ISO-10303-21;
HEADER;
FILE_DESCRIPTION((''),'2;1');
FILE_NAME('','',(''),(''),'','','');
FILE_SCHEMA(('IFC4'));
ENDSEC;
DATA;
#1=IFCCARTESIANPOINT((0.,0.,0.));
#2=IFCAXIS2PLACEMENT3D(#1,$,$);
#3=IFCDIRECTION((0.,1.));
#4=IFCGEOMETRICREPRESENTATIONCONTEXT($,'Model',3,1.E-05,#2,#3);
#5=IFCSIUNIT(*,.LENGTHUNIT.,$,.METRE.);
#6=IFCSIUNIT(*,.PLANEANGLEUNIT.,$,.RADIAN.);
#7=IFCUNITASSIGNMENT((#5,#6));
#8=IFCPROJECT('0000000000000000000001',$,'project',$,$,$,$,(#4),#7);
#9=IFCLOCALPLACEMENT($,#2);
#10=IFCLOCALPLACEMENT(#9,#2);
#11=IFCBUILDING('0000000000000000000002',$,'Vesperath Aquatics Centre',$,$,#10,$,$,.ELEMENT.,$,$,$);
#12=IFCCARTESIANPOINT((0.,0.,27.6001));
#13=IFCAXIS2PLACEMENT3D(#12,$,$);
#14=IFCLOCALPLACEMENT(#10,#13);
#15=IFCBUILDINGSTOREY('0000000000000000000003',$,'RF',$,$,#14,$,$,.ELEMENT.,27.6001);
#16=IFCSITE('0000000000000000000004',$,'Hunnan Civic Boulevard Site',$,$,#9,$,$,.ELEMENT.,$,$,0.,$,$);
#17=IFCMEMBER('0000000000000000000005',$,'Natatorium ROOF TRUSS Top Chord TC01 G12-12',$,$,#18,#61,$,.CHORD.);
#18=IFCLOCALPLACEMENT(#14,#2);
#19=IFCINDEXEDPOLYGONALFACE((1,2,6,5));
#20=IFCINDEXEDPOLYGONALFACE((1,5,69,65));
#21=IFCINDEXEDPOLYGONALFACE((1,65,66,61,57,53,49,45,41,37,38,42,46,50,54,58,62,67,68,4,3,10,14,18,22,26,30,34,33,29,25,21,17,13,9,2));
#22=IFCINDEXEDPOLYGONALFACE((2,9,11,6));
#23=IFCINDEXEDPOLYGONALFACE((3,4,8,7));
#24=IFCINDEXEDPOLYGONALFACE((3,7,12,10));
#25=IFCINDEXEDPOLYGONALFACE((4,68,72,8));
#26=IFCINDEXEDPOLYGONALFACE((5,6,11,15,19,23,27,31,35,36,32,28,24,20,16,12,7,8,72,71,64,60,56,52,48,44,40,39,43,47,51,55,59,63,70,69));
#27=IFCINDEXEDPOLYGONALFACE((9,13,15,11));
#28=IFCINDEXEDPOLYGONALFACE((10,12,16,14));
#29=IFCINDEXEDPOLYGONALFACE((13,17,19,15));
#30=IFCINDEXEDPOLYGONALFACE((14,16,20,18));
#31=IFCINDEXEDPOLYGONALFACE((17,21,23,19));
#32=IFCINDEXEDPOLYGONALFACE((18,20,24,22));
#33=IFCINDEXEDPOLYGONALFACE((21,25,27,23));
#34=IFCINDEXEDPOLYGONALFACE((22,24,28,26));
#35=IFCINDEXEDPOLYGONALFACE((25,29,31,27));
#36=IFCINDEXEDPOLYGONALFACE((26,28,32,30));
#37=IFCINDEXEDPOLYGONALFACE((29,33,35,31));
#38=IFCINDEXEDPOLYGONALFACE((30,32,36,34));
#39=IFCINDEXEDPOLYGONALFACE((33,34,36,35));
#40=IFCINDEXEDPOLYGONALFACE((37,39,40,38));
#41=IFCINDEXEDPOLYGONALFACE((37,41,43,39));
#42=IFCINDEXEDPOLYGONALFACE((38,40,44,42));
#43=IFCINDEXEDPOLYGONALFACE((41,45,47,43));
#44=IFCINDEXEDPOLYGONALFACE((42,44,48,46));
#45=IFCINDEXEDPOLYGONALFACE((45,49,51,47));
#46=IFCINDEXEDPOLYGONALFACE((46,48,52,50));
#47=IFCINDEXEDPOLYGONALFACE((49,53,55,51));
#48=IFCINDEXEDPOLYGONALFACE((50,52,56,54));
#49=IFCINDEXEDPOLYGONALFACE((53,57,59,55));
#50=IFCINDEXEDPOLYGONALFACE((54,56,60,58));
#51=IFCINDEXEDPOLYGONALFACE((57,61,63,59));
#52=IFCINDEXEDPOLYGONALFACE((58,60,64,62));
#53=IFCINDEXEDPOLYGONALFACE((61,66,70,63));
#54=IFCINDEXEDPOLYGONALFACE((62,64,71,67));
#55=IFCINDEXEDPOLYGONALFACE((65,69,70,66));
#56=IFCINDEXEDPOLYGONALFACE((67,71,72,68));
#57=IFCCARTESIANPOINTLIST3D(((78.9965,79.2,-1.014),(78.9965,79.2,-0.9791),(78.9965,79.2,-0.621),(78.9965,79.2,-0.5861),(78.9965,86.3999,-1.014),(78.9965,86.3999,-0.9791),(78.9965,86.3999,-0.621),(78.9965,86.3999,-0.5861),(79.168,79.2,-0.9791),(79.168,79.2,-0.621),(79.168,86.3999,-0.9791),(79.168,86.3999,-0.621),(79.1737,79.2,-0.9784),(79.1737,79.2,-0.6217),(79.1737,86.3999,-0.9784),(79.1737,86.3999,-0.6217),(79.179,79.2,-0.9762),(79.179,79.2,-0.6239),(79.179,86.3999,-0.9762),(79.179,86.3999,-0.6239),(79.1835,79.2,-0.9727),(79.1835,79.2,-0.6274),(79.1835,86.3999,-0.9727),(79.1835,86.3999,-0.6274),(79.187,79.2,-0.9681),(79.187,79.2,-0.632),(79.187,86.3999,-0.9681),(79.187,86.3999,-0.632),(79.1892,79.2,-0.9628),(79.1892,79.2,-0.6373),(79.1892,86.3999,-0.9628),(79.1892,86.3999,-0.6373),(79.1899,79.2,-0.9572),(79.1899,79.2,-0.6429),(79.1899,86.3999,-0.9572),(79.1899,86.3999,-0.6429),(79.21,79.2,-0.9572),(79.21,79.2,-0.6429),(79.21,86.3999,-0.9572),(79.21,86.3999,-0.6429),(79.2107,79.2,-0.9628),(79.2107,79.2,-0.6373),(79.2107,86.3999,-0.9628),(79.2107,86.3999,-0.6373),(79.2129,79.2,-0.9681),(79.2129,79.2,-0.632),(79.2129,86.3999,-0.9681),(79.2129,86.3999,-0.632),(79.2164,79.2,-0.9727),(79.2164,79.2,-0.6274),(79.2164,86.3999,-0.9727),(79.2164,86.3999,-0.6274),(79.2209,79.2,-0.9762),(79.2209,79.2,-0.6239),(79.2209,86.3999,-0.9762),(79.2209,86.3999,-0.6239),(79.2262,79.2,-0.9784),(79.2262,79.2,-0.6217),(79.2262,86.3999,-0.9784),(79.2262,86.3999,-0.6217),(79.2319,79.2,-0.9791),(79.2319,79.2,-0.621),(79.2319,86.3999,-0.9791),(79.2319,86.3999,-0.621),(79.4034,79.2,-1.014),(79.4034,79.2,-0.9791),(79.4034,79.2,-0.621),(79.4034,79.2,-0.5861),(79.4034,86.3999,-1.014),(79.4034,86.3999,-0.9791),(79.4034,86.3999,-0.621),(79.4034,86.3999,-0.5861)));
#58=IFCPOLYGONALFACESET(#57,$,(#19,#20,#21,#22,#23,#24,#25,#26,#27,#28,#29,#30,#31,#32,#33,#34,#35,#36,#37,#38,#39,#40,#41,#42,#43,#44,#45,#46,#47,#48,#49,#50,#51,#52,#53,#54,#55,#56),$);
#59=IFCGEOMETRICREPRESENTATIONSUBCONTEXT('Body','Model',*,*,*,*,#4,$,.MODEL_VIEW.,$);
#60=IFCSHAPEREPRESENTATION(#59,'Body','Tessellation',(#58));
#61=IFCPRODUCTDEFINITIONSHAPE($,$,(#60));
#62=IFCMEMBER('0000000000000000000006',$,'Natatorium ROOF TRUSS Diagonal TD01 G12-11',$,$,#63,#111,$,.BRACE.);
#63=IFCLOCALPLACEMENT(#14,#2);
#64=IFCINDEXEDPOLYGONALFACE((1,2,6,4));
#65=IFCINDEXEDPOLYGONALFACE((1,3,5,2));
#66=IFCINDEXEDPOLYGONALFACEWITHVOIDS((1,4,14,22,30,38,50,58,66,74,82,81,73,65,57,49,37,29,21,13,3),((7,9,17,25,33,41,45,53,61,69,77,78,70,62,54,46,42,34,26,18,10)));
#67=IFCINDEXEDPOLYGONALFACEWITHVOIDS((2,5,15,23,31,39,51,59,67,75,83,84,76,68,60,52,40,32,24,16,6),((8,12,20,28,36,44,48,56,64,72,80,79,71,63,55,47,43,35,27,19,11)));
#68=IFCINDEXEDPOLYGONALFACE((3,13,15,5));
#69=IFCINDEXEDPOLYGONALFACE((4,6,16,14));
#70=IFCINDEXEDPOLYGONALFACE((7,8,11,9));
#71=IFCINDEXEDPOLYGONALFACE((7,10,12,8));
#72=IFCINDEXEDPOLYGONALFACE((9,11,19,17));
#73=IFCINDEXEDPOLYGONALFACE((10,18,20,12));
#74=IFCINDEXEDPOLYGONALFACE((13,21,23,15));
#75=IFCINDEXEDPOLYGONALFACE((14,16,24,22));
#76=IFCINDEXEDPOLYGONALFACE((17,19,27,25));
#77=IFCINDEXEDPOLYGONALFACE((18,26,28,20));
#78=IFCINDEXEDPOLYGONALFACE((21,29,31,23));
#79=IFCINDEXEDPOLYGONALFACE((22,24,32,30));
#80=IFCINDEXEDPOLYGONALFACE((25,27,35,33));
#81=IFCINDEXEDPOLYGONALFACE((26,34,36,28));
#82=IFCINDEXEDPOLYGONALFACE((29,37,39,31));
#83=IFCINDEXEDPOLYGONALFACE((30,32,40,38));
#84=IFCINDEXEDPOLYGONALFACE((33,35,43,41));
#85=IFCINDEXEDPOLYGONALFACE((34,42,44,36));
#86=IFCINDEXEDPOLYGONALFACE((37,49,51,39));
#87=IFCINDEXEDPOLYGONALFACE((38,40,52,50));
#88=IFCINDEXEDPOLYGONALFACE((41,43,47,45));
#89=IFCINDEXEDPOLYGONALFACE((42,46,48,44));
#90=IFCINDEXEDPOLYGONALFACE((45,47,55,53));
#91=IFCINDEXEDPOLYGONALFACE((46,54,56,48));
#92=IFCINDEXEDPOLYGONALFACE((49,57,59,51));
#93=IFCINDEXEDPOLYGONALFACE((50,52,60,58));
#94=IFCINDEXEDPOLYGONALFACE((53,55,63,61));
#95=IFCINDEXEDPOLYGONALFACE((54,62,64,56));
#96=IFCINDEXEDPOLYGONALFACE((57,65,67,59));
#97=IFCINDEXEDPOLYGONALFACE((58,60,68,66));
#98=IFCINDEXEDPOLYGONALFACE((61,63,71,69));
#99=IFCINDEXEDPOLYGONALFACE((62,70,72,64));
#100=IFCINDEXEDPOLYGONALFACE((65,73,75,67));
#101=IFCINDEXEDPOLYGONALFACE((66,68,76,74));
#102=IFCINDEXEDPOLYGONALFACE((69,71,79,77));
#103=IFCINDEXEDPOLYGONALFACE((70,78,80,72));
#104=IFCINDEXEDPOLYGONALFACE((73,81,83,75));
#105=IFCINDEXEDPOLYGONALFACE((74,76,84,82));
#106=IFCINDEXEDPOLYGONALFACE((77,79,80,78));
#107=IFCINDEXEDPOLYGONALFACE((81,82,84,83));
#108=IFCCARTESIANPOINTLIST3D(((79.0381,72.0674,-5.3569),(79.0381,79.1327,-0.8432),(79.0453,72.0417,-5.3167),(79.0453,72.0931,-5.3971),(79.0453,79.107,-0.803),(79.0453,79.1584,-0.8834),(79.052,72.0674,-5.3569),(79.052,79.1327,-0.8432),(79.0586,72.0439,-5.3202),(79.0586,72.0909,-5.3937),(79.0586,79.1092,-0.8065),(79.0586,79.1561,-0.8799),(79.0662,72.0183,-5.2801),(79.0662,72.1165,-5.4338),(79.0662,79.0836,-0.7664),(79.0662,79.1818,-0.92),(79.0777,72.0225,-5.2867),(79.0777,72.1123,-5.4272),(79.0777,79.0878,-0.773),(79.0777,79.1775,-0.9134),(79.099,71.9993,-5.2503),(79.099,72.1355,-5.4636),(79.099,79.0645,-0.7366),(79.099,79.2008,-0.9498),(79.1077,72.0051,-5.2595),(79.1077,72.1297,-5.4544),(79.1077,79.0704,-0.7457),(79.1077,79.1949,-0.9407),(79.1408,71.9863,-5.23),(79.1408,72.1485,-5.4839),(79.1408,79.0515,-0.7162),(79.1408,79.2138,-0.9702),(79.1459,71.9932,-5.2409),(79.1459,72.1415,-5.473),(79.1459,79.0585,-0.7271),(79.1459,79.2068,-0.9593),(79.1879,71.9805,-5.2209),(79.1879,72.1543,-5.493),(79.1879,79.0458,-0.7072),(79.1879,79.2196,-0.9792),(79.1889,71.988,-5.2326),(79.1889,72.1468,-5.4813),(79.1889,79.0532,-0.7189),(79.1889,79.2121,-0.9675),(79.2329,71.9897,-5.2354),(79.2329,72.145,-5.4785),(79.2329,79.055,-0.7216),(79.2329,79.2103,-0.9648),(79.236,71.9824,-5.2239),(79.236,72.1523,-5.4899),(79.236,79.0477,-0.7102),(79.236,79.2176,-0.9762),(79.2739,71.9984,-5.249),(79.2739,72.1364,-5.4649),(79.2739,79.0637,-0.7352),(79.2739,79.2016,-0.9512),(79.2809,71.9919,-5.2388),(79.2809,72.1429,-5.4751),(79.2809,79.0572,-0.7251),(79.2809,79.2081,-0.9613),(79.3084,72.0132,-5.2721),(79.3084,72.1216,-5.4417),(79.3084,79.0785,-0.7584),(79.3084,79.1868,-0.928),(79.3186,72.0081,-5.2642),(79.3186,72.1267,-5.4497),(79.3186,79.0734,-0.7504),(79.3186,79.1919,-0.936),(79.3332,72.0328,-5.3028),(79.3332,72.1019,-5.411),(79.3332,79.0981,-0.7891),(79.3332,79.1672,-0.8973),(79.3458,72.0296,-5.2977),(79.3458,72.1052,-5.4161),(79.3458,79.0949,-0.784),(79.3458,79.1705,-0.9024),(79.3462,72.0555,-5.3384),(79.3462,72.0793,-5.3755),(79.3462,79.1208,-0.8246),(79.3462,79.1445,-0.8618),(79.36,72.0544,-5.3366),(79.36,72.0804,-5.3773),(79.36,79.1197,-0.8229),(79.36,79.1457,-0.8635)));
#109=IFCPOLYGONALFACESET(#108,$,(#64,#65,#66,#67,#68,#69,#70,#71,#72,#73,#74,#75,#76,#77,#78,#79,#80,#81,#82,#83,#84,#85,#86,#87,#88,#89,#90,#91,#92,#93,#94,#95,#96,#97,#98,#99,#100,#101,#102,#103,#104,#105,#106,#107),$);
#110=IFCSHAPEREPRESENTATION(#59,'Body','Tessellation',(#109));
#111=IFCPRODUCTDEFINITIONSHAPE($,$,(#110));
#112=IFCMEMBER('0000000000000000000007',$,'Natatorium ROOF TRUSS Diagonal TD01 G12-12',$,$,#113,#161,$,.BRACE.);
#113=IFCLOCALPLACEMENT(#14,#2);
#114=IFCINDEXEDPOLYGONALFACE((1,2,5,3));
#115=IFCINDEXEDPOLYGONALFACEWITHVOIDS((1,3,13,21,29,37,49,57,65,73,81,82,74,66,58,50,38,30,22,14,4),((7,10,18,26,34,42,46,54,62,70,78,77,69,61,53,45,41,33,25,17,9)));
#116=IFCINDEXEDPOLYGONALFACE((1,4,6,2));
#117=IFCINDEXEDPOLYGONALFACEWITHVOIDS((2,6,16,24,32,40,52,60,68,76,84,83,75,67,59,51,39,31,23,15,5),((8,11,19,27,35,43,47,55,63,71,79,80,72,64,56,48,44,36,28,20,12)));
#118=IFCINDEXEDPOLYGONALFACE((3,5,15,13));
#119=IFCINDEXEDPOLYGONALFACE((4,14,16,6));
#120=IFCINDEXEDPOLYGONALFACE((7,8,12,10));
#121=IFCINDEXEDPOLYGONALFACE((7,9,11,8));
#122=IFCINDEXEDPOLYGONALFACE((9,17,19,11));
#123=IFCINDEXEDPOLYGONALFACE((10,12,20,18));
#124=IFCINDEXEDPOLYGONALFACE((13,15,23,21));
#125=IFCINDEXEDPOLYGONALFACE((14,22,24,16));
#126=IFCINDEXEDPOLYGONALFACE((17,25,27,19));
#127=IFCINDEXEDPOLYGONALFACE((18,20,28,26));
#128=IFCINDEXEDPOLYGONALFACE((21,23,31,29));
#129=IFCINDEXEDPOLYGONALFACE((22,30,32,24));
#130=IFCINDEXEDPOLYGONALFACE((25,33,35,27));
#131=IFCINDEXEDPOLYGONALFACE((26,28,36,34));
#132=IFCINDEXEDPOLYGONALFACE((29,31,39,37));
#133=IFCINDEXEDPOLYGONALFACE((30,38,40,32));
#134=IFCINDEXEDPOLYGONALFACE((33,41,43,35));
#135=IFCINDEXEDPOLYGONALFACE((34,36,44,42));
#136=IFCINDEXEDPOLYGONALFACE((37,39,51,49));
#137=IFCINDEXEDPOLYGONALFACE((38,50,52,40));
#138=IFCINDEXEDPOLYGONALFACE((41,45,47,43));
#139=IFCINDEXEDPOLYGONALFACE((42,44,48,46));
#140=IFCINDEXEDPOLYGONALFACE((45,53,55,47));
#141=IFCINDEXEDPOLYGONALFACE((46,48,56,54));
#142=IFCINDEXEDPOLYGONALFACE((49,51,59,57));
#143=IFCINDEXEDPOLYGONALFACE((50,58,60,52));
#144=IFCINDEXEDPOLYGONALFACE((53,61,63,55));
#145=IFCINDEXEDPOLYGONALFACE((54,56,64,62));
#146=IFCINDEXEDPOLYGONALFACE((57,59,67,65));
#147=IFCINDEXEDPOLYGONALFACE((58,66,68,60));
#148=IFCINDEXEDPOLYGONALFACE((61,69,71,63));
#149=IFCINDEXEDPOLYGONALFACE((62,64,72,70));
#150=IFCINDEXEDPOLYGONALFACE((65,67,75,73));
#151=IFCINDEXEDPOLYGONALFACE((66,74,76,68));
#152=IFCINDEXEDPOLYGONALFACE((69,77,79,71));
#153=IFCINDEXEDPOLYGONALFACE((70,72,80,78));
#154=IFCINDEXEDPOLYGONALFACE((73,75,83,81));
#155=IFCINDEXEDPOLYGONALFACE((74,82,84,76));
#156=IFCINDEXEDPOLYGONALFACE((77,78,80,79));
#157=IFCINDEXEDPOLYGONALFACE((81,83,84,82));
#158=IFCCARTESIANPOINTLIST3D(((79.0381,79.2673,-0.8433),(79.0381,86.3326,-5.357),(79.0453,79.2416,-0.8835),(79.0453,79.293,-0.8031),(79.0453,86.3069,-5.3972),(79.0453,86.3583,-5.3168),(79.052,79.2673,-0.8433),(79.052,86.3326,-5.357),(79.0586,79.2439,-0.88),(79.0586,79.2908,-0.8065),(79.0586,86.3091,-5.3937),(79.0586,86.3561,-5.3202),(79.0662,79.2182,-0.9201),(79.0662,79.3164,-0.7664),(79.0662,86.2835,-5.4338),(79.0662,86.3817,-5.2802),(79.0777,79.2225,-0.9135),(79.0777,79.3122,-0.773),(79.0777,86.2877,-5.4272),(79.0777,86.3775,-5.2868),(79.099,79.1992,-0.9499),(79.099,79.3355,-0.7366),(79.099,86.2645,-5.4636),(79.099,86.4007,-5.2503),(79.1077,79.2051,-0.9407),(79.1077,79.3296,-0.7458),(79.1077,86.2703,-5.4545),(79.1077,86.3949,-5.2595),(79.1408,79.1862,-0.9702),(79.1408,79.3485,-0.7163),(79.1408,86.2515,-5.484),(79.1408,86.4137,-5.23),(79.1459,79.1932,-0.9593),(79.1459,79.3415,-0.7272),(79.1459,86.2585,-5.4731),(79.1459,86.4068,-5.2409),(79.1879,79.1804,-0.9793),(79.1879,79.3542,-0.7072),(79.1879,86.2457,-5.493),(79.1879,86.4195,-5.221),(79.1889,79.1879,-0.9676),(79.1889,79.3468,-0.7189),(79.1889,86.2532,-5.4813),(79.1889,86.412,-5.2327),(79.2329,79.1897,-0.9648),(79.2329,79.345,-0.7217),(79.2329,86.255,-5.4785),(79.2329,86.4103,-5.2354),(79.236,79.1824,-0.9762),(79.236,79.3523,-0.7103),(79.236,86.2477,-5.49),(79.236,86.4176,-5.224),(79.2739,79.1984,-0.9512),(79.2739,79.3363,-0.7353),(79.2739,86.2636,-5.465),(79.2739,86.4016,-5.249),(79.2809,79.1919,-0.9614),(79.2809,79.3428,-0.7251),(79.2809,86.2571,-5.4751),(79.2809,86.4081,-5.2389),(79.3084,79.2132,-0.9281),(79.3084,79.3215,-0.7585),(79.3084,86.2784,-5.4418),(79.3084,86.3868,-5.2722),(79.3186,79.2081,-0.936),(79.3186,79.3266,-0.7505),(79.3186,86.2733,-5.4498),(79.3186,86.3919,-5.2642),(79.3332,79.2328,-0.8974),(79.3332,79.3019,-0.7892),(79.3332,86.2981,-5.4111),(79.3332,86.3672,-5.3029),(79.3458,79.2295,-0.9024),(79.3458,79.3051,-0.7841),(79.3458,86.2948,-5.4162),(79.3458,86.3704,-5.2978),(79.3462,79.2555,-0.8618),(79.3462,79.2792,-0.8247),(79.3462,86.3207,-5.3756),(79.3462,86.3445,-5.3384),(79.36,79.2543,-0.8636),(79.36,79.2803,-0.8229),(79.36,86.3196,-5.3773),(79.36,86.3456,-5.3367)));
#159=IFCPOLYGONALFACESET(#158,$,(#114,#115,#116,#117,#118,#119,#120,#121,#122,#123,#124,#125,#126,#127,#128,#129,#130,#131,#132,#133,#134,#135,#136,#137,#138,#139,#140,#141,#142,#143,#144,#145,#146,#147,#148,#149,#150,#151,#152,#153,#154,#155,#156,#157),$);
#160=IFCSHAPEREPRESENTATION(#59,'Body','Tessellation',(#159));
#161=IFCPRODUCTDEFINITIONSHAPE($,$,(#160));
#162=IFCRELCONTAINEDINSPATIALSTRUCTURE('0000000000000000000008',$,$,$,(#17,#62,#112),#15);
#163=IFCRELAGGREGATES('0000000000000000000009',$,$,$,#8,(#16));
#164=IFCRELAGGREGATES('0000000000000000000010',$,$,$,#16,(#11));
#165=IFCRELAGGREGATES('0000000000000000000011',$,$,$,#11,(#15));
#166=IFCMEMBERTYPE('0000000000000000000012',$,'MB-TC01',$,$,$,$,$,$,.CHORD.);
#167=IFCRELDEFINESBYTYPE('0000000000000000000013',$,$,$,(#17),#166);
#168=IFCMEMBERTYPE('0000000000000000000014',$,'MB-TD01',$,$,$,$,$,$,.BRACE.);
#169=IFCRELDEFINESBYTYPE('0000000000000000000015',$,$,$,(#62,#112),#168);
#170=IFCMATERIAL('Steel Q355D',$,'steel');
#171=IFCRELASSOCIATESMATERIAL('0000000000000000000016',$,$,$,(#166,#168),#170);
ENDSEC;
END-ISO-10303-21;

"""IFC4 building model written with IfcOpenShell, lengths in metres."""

from ifc_helpers import new_model, si_unit, direction, frame, origin, origin_2d, place, context, subcontext, project, spatial, hollow_circle, i_section, extrude, material, material_profile, profile_set, type_object, element, save


model = new_model("IFC4")

# Units and contexts
model_context = context("Model", 3, precision=1e-05, world=origin(), true_north=direction((0.0, 1.0)))
body_context = subcontext(model_context, "Body", "Model", "MODEL_VIEW")
ifc_project = project(units=[si_unit("LENGTHUNIT", "METRE"), si_unit("PLANEANGLEUNIT", "RADIAN")], contexts=[model_context])

# Site, building, storey
site_placement = place(None, origin())
site = spatial("IfcSite", under=ifc_project, at=site_placement, Name="Hunnan Civic Boulevard Site", CompositionType="ELEMENT", RefElevation=0.0)
building_placement = place(site_placement, origin())
building = spatial("IfcBuilding", under=site, at=building_placement, Name="Vesperath Aquatics Centre", CompositionType="ELEMENT")
storey_placement = place(building_placement, frame((0.0, 0.0, 27.6001)))
storey = spatial("IfcBuildingStorey", under=building, at=storey_placement, Name="RF", CompositionType="ELEMENT", Elevation=27.6001)

# Members
ifc_material_1 = material(Name="Steel Q355D", Category="steel")
ifc_material_profile_1 = material_profile(ifc_material_1, i_section(OverallWidth=0.407, OverallDepth=0.428, WebThickness=0.02, FlangeThickness=0.0349, FilletRadius=0.022, at=origin_2d()), Name="HW 428x407x20x35")
ifc_profile_set_1 = profile_set([ifc_material_profile_1], Name="Steel Q355D")
member_type_1 = type_object("IfcMemberType", Name="MB-TC01", PredefinedType="CHORD", material=ifc_profile_set_1)
for number, where, z_axis, x_axis, name in (
    (1, (79.2, 79.2, -0.8), (0.0, 1.0, 0.0), (-1.0, 0.0, 0.0), "Natatorium ROOF TRUSS Top Chord TC01 G12-12"),
):
    element("IfcMember", number, at=place(storey_placement, frame(where, z_axis=z_axis, x_axis=x_axis)), inside=storey, type_object=member_type_1, Name=name, PredefinedType="CHORD", context=body_context, shape_type="SweptSolid", body=[
        extrude(i_section(OverallWidth=0.407, OverallDepth=0.428, WebThickness=0.02, FlangeThickness=0.0349, FilletRadius=0.022, at=origin_2d()), origin(), (0.0, 0.0, 1.0), 7.2),
    ])
ifc_material_profile_2 = material_profile(ifc_material_1, hollow_circle(Radius=0.1619, WallThickness=0.0139, at=origin_2d()), Name="CHS 323.9x14")
ifc_profile_set_2 = profile_set([ifc_material_profile_2], Name="Steel Q355D")
member_type_2 = type_object("IfcMemberType", Name="MB-TD01", PredefinedType="BRACE", material=ifc_profile_set_2)
for number, where, z_axis, x_axis, name in (
    (2, (79.2, 72.0674, -5.3569), (0.0, 0.842707, 0.538373), (-1.0, 0.0, 0.0), "Natatorium ROOF TRUSS Diagonal TD01 G12-11"),
    (3, (79.2, 79.2673, -0.8433), (0.0, 0.842707, -0.538373), (-1.0, 0.0, 0.0), "Natatorium ROOF TRUSS Diagonal TD01 G12-12"),
):
    element("IfcMember", number, at=place(storey_placement, frame(where, z_axis=z_axis, x_axis=x_axis)), inside=storey, type_object=member_type_2, Name=name, PredefinedType="BRACE", context=body_context, shape_type="SweptSolid", body=[
        extrude(hollow_circle(Radius=0.1619, WallThickness=0.0139, at=origin_2d()), origin(), (0.0, 0.0, 1.0), 8.384),
    ])

save(model, "model.ifc")
